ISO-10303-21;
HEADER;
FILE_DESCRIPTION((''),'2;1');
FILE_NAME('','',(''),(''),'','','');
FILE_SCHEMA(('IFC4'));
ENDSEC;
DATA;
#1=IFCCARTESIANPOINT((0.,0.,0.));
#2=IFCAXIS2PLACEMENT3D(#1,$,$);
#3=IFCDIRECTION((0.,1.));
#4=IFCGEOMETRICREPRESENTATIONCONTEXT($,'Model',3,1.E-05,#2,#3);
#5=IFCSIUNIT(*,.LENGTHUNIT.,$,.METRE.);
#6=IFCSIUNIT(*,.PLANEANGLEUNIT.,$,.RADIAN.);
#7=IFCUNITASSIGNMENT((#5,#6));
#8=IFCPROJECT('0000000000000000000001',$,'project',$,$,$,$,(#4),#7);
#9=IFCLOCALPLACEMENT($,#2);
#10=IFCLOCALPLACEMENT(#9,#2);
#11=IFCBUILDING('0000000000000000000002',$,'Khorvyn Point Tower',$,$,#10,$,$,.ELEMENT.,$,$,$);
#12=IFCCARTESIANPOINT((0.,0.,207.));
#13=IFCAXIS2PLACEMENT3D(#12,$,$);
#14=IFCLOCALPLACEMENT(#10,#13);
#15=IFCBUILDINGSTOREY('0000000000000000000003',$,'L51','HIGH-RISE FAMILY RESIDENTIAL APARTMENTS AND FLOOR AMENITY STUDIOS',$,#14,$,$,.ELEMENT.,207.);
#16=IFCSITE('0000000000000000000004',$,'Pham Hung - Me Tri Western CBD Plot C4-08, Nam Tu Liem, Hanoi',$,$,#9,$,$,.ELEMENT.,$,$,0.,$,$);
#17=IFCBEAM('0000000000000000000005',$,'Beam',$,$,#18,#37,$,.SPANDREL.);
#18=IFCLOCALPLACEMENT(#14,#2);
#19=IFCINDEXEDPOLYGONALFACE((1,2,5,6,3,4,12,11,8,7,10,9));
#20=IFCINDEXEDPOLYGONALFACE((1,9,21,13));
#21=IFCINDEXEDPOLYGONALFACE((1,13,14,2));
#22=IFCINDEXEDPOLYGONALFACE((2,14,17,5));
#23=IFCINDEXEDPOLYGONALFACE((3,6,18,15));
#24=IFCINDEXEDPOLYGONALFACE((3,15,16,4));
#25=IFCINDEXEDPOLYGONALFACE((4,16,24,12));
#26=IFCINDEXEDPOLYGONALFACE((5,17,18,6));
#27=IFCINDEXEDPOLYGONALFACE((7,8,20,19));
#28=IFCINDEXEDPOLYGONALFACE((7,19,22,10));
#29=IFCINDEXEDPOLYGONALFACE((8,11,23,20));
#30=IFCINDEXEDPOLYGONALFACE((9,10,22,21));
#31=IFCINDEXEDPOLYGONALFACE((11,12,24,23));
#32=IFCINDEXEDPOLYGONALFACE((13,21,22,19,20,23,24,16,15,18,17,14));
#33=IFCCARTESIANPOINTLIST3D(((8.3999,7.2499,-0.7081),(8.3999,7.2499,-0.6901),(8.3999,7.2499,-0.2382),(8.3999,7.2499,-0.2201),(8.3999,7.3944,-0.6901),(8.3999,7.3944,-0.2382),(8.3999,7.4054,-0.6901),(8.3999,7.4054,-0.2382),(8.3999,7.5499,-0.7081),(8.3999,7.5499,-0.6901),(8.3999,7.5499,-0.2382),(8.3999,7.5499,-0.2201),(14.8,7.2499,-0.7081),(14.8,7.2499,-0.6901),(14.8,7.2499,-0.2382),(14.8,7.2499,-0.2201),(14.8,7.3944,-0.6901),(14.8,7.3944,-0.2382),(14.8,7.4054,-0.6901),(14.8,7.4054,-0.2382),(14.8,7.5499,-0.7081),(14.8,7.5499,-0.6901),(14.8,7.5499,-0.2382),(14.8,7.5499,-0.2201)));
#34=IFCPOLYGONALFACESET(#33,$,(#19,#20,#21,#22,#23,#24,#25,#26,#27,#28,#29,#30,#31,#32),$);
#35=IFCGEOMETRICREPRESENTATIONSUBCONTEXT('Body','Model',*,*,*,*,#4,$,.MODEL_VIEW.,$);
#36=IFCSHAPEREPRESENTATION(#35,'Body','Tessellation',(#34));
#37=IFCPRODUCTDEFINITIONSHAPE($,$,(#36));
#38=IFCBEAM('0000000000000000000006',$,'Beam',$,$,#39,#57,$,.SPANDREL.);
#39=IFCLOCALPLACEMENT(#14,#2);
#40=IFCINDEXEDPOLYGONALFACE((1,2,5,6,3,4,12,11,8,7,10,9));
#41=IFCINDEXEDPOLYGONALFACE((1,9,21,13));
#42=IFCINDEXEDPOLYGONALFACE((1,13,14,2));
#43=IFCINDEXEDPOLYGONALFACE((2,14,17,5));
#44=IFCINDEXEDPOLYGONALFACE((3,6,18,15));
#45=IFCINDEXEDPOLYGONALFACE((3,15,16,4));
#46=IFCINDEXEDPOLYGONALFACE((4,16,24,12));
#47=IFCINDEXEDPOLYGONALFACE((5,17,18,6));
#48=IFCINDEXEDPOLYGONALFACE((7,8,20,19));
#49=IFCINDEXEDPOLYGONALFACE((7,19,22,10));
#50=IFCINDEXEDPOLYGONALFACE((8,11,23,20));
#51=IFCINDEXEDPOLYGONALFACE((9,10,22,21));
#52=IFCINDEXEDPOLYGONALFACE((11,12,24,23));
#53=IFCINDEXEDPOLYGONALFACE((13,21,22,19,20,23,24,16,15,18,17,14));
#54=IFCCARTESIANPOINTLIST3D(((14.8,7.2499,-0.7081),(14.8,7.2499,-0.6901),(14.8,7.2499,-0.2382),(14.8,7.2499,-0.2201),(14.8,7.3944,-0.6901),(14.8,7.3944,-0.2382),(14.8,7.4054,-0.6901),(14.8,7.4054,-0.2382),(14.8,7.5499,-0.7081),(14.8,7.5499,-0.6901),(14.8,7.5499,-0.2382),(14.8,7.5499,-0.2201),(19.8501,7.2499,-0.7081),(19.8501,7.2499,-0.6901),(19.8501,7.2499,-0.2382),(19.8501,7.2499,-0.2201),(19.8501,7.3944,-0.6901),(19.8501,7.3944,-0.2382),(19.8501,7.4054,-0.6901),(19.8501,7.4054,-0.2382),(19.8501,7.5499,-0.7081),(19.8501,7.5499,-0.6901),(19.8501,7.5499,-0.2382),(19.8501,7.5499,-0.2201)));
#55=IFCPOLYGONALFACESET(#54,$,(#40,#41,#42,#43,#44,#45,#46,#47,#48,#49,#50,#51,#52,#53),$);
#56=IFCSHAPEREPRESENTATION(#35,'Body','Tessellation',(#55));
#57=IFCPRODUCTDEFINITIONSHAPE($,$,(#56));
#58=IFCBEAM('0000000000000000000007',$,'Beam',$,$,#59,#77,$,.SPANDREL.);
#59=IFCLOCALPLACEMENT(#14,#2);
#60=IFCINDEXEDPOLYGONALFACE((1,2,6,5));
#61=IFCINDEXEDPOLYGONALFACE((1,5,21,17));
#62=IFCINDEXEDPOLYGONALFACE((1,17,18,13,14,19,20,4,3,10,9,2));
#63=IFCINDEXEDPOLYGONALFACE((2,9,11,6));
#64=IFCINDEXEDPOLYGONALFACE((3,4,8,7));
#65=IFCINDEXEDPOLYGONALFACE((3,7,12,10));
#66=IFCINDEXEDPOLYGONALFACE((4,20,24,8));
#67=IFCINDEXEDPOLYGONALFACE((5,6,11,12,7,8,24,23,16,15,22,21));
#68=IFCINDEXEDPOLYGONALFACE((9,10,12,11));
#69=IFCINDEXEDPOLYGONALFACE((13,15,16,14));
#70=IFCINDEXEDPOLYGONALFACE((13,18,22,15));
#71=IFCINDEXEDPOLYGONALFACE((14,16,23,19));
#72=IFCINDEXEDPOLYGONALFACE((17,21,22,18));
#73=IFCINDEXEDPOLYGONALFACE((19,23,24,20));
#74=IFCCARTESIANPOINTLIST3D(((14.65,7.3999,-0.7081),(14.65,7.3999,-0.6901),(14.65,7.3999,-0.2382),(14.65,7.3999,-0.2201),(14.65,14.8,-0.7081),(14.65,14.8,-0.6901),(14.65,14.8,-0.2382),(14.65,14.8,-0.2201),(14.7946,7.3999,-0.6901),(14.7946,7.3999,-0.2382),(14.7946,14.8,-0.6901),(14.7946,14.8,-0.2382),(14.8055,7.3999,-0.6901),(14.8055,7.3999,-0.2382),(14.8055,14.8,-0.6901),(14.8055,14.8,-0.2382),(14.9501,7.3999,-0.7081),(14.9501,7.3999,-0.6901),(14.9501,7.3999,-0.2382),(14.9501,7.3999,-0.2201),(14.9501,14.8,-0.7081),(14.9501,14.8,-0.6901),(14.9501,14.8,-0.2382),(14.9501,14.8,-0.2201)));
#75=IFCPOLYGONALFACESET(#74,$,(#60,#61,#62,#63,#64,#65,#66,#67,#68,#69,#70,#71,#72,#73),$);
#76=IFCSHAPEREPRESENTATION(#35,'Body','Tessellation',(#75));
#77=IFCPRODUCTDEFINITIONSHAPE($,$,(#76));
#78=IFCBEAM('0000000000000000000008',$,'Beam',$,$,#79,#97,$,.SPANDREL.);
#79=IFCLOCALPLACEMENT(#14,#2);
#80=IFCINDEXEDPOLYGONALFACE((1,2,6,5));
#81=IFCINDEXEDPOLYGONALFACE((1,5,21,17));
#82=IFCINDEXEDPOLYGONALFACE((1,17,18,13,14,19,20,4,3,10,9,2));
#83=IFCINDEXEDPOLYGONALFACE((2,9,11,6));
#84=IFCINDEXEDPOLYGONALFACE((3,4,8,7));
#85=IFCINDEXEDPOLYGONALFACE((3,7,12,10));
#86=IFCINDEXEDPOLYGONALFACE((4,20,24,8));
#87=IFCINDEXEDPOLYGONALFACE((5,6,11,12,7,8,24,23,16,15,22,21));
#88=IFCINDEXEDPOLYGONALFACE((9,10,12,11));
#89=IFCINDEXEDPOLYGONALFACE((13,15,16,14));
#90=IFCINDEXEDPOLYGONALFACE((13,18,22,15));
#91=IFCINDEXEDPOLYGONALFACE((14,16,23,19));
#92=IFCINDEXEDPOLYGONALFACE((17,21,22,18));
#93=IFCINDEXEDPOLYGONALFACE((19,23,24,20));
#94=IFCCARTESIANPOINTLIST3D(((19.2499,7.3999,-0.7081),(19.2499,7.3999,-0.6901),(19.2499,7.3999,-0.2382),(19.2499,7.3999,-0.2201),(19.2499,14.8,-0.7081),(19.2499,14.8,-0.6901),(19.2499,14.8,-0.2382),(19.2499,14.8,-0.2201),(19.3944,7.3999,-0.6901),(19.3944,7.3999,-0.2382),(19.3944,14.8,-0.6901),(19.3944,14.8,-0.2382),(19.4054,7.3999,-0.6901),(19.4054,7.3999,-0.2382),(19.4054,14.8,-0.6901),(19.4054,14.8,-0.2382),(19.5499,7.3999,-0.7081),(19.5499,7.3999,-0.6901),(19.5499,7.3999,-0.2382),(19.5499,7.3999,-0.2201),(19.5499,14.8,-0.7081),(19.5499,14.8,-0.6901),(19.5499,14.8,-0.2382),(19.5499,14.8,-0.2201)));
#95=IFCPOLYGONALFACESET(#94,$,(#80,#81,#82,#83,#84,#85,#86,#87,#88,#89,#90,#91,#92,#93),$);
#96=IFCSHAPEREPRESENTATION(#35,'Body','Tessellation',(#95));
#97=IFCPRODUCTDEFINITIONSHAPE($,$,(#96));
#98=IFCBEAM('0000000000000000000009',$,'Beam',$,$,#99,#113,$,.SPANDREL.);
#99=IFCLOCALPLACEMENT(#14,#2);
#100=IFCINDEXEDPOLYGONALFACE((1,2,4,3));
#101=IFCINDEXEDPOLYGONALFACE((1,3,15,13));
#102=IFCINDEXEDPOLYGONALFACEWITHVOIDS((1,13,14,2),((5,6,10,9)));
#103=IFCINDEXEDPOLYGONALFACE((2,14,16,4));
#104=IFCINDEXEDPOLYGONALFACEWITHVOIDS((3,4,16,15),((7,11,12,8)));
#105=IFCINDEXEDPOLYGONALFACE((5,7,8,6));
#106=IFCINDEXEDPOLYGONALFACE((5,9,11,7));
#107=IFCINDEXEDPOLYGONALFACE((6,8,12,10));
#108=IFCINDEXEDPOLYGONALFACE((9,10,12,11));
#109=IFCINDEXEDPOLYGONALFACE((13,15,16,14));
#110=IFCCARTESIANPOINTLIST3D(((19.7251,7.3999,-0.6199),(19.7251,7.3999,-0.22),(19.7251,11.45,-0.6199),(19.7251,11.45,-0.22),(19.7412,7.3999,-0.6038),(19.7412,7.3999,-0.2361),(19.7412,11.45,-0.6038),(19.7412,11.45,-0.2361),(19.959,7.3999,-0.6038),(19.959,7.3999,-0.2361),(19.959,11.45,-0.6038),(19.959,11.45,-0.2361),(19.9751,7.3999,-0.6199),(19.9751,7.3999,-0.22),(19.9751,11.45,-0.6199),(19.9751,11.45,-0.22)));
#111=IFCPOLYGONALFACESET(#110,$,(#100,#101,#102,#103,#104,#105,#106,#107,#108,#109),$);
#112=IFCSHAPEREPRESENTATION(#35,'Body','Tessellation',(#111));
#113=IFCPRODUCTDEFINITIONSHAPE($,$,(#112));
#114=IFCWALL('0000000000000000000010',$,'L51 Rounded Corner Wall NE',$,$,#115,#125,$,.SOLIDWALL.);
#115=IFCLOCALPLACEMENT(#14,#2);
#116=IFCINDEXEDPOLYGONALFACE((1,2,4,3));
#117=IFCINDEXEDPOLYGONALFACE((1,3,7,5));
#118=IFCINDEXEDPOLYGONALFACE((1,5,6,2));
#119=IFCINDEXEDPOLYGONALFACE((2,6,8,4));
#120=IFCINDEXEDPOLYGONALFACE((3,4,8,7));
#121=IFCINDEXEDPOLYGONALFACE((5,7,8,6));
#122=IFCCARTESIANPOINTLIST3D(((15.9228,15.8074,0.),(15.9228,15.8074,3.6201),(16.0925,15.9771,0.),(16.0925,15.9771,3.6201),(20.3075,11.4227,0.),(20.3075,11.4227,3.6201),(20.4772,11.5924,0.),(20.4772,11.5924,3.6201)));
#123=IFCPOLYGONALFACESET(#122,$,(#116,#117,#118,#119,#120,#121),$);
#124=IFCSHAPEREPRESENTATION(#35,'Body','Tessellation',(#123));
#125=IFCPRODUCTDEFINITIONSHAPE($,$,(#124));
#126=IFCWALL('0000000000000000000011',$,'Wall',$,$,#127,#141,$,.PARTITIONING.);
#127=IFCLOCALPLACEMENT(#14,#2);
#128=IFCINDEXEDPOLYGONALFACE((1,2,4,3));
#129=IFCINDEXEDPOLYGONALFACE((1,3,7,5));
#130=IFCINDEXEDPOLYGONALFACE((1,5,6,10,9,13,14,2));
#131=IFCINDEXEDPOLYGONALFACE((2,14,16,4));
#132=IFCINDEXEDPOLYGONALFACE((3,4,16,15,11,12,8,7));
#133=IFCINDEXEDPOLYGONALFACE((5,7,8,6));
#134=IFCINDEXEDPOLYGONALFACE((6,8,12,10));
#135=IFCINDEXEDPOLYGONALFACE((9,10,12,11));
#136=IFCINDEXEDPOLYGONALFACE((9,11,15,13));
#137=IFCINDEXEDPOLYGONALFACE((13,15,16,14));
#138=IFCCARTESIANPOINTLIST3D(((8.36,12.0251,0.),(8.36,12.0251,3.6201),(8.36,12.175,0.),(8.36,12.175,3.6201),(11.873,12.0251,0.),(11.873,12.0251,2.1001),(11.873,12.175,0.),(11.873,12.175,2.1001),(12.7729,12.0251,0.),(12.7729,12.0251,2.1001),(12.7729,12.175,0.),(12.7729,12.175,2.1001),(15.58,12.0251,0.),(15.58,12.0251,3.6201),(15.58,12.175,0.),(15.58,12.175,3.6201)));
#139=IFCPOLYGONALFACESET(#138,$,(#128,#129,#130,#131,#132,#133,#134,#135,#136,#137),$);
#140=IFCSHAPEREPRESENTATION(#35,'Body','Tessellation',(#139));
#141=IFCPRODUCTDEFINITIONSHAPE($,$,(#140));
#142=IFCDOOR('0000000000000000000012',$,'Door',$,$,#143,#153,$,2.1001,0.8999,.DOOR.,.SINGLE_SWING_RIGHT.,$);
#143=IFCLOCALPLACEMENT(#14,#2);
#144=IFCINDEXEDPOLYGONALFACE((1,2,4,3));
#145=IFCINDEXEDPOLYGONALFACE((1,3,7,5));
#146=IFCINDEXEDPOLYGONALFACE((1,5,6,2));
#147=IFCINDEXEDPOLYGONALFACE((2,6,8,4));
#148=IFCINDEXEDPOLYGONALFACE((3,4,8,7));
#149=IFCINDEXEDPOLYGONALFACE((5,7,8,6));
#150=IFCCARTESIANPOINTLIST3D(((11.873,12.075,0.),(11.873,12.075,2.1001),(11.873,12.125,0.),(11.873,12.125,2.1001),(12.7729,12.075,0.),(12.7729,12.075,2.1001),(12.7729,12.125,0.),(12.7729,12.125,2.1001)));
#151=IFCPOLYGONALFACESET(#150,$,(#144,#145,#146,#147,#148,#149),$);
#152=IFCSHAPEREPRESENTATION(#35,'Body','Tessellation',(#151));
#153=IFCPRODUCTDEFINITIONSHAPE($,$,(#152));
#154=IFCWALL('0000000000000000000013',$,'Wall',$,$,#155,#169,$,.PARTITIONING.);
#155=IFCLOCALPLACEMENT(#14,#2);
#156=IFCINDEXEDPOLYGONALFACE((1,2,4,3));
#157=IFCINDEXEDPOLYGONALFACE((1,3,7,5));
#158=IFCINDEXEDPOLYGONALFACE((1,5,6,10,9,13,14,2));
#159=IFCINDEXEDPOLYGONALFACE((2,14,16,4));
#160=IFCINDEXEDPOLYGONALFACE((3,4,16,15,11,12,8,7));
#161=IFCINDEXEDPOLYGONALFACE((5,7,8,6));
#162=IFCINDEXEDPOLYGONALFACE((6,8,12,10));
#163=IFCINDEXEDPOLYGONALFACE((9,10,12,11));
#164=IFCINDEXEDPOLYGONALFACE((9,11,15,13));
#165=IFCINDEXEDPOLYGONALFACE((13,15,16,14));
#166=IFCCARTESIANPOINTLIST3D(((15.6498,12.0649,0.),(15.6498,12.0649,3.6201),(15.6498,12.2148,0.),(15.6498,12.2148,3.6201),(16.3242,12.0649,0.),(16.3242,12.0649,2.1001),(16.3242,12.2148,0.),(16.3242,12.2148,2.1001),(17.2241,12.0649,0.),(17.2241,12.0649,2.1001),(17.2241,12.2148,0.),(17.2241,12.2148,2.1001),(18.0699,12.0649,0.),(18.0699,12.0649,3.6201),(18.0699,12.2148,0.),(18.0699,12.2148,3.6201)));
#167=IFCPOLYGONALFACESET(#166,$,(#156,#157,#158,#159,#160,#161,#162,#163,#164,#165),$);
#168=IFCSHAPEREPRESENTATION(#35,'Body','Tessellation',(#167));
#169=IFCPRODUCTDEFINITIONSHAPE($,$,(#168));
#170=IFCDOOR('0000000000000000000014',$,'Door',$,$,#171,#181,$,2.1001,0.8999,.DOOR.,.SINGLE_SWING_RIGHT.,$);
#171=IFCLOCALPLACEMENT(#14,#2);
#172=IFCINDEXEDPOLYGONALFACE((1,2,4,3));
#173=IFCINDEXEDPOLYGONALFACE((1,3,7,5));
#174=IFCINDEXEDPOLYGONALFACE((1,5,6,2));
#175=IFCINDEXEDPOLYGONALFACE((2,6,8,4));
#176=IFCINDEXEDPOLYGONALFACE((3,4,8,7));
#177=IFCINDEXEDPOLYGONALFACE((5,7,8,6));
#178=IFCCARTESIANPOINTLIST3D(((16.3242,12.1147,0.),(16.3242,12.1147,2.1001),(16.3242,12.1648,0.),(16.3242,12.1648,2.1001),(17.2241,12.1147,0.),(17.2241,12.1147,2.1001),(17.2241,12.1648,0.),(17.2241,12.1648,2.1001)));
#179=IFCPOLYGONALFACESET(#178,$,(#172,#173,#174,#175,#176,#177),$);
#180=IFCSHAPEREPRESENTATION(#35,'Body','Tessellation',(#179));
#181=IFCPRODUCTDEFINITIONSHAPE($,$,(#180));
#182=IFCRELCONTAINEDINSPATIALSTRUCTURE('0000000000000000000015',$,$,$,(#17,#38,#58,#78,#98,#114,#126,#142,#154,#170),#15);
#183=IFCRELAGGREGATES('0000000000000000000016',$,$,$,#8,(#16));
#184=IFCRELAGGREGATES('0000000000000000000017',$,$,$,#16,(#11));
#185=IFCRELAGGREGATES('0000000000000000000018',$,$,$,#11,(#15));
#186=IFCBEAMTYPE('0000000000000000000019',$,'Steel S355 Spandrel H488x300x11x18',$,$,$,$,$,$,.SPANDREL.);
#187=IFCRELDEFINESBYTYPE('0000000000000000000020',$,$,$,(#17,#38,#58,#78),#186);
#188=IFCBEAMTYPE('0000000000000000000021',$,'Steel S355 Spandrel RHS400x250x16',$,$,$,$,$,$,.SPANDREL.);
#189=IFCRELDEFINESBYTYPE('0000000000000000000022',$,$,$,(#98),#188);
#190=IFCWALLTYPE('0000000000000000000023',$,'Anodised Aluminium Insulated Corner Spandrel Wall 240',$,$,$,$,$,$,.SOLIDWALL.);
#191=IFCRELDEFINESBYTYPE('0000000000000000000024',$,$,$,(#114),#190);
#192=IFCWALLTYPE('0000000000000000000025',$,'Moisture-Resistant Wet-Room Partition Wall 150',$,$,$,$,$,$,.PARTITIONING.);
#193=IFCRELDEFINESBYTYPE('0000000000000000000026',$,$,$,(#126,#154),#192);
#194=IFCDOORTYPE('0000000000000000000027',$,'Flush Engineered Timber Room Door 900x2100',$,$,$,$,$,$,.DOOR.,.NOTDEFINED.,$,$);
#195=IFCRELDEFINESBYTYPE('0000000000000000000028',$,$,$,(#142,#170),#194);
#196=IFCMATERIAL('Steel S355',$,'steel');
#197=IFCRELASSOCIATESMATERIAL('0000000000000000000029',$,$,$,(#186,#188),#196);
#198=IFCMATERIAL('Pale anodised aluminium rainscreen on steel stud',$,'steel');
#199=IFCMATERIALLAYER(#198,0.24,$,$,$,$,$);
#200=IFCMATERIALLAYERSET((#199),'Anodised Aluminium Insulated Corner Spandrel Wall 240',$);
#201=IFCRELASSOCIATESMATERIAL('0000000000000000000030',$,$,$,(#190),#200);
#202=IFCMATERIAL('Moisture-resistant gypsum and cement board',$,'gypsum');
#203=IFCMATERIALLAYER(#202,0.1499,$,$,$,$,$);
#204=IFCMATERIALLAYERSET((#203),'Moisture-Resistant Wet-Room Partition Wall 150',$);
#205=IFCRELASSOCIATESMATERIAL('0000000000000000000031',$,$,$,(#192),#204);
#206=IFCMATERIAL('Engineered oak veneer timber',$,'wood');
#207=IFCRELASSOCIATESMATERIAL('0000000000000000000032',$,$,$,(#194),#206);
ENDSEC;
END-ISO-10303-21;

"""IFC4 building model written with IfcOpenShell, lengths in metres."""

from ifc_helpers import new_model, si_unit, direction, frame, frame_2d, origin, origin_2d, place, context, subcontext, project, spatial, rectangle, hollow_rectangle, i_section, extrude, material, layer, layer_set, material_profile, profile_set, type_object, element, fill, save


model = new_model("IFC4")

# Units and contexts
model_context = context("Model", 3, precision=1e-05, world=origin(), true_north=direction((0.0, 1.0)))
body_context = subcontext(model_context, "Body", "Model", "MODEL_VIEW")
ifc_project = project(units=[si_unit("LENGTHUNIT", "METRE"), si_unit("PLANEANGLEUNIT", "RADIAN")], contexts=[model_context])

# Site, building, storey
site_placement = place(None, origin())
site = spatial("IfcSite", under=ifc_project, at=site_placement, Name="Pham Hung - Me Tri Western CBD Plot C4-08, Nam Tu Liem, Hanoi", CompositionType="ELEMENT", RefElevation=0.0)
building_placement = place(site_placement, origin())
building = spatial("IfcBuilding", under=site, at=building_placement, Name="Khorvyn Point Tower", CompositionType="ELEMENT")
storey_placement = place(building_placement, frame((0.0, 0.0, 207.0)))
storey = spatial("IfcBuildingStorey", under=building, at=storey_placement, Name="L51", Description="HIGH-RISE FAMILY RESIDENTIAL APARTMENTS AND FLOOR AMENITY STUDIOS", CompositionType="ELEMENT", Elevation=207.0)

# Beams
ifc_material_1 = material(Name="Steel S355", Category="steel")
ifc_material_profile_1 = material_profile(ifc_material_1, i_section(OverallWidth=0.3, OverallDepth=0.488, WebThickness=0.011, FlangeThickness=0.0181, at=origin_2d()))
ifc_profile_set_1 = profile_set([ifc_material_profile_1], Name="Steel S355 H488x300x11x18")
beam_type_1 = type_object("IfcBeamType", Name="Steel S355 Spandrel H488x300x11x18", PredefinedType="SPANDREL", material=ifc_profile_set_1)
beam_1_placement = place(storey_placement, frame((8.3999, 7.3999, -0.4641), z_axis=(1.0, 0.0, 0.0), x_axis=(0.0, 1.0, 0.0)))
element("IfcBeam", 1, at=beam_1_placement, inside=storey, type_object=beam_type_1, Name="Beam", PredefinedType="SPANDREL", context=body_context, shape_type="SweptSolid", body=[
    extrude(i_section(OverallWidth=0.3, OverallDepth=0.488, WebThickness=0.011, FlangeThickness=0.0181, at=origin_2d()), origin(), (0.0, 0.0, 1.0), 6.4001),
])
beam_2_placement = place(storey_placement, frame((14.8, 7.3999, -0.4641), z_axis=(1.0, 0.0, 0.0), x_axis=(0.0, 1.0, 0.0)))
element("IfcBeam", 2, at=beam_2_placement, inside=storey, type_object=beam_type_1, Name="Beam", PredefinedType="SPANDREL", context=body_context, shape_type="SweptSolid", body=[
    extrude(i_section(OverallWidth=0.3, OverallDepth=0.488, WebThickness=0.011, FlangeThickness=0.0181, at=origin_2d()), origin(), (0.0, 0.0, 1.0), 5.05),
])
for number, where, z_axis, x_axis, name in (
    (3, (14.8, 7.3999, -0.4641), (0.0, 1.0, 0.0), (-1.0, 0.0, 0.0), "Beam"),
    (4, (19.3999, 7.3999, -0.4641), (0.0, 1.0, 0.0), (-1.0, 0.0, 0.0), "Beam"),
):
    element("IfcBeam", number, at=place(storey_placement, frame(where, z_axis=z_axis, x_axis=x_axis)), inside=storey, type_object=beam_type_1, Name=name, PredefinedType="SPANDREL", context=body_context, shape_type="SweptSolid", body=[
        extrude(i_section(OverallWidth=0.3, OverallDepth=0.488, WebThickness=0.011, FlangeThickness=0.0181, at=origin_2d()), origin(), (0.0, 0.0, 1.0), 7.4001),
    ])
ifc_material_profile_2 = material_profile(ifc_material_1, hollow_rectangle(XDim=0.25, YDim=0.3999, WallThickness=0.0161, at=origin_2d()))
ifc_profile_set_2 = profile_set([ifc_material_profile_2], Name="Steel S355 RHS400x250x16")
beam_type_2 = type_object("IfcBeamType", Name="Steel S355 Spandrel RHS400x250x16", PredefinedType="SPANDREL", material=ifc_profile_set_2)
beam_3_placement = place(storey_placement, frame((19.8501, 7.3999, -0.4199), z_axis=(0.0, 1.0, 0.0), x_axis=(-1.0, 0.0, 0.0)))
element("IfcBeam", 5, at=beam_3_placement, inside=storey, type_object=beam_type_2, Name="Beam", PredefinedType="SPANDREL", context=body_context, shape_type="SweptSolid", body=[
    extrude(hollow_rectangle(XDim=0.25, YDim=0.3999, WallThickness=0.0161, at=origin_2d()), origin(), (0.0, 0.0, 1.0), 4.05),
])

# Wall
ifc_material_2 = material(Name="Pale anodised aluminium rainscreen on steel stud", Category="steel")
ifc_layer_1 = layer(ifc_material_2, 0.24)
ifc_layer_set_1 = layer_set([ifc_layer_1], Name="Anodised Aluminium Insulated Corner Spandrel Wall 240")
wall_type_1 = type_object("IfcWallType", Name="Anodised Aluminium Insulated Corner Spandrel Wall 240", PredefinedType="SOLIDWALL", material=ifc_layer_set_1)
wall_1_placement = place(storey_placement, frame((16.0076, 15.8923, 0.0), z_axis=(0.0, 0.0, 1.0), x_axis=(0.707107, -0.707107, 0.0)))
element("IfcWall", 6, at=wall_1_placement, inside=storey, type_object=wall_type_1, Name="L51 Rounded Corner Wall NE", PredefinedType="SOLIDWALL", context=body_context, shape_type="SweptSolid", body=[
    extrude(rectangle(XDim=6.2009, YDim=0.24, at=frame_2d((3.1006, 0.0))), origin(), (0.0, 0.0, 1.0), 3.6201),
])

# Walls, openings, doors
ifc_material_3 = material(Name="Moisture-resistant gypsum and cement board", Category="gypsum")
ifc_layer_2 = layer(ifc_material_3, 0.1499)
ifc_layer_set_2 = layer_set([ifc_layer_2], Name="Moisture-Resistant Wet-Room Partition Wall 150")
wall_type_2 = type_object("IfcWallType", Name="Moisture-Resistant Wet-Room Partition Wall 150", PredefinedType="PARTITIONING", material=ifc_layer_set_2)
wall_2_placement = place(storey_placement, frame((8.3601, 12.1001, 0.0), z_axis=(0.0, 0.0, 1.0), x_axis=(1.0, 0.0, 0.0)))
wall_2 = element("IfcWall", 7, at=wall_2_placement, inside=storey, type_object=wall_type_2, Name="Wall", PredefinedType="PARTITIONING", context=body_context, shape_type="SweptSolid", body=[
    extrude(rectangle(XDim=7.22, YDim=0.1499, at=frame_2d((3.6099, 0.0))), origin(), (0.0, 0.0, 1.0), 3.6201),
])
opening_1_placement = place(wall_2_placement, frame((3.5129, 0.0, 0.0)))
opening_1 = element("IfcOpeningElement", 8, at=opening_1_placement, cuts=wall_2, PredefinedType="OPENING", context=body_context, shape_type="SweptSolid", body=[
    extrude(rectangle(XDim=0.8999, YDim=2.1001, at=frame_2d((0.45, 1.05))), frame((0.0, 0.085, 0.0), z_axis=(0.0, -1.0, 0.0), x_axis=(1.0, 0.0, 0.0)), (0.0, 0.0, 1.0), 0.1699),
])
ifc_material_4 = material(Name="Engineered oak veneer timber", Category="wood")
door_type = type_object("IfcDoorType", Name="Flush Engineered Timber Room Door 900x2100", OperationType="NOTDEFINED", PredefinedType="DOOR", material=ifc_material_4)
door_1_placement = place(opening_1_placement, origin())
door_1 = element("IfcDoor", 9, at=door_1_placement, inside=storey, type_object=door_type, Name="Door", OperationType="SINGLE_SWING_RIGHT", OverallHeight=2.1001, OverallWidth=0.8999, PredefinedType="DOOR", context=body_context, shape_type="SweptSolid", body=[
    extrude(rectangle(XDim=0.8999, YDim=2.1001, at=frame_2d((0.45, 1.05))), frame((0.0, 0.0249, 0.0), z_axis=(0.0, -1.0, 0.0), x_axis=(1.0, 0.0, 0.0)), (0.0, 0.0, 1.0), 0.05),
])
fill(opening_1, door_1)
wall_3_placement = place(storey_placement, frame((15.6499, 12.1399, 0.0), z_axis=(0.0, 0.0, 1.0), x_axis=(1.0, 0.0, 0.0)))
wall_3 = element("IfcWall", 10, at=wall_3_placement, inside=storey, type_object=wall_type_2, Name="Wall", PredefinedType="PARTITIONING", context=body_context, shape_type="SweptSolid", body=[
    extrude(rectangle(XDim=2.4202, YDim=0.1499, at=frame_2d((1.21, 0.0))), origin(), (0.0, 0.0, 1.0), 3.6201),
])
opening_2_placement = place(wall_3_placement, frame((0.6743, 0.0, 0.0)))
opening_2 = element("IfcOpeningElement", 11, at=opening_2_placement, cuts=wall_3, PredefinedType="OPENING", context=body_context, shape_type="SweptSolid", body=[
    extrude(rectangle(XDim=0.8999, YDim=2.1001, at=frame_2d((0.45, 1.05))), frame((0.0, 0.085, 0.0), z_axis=(0.0, -1.0, 0.0), x_axis=(1.0, 0.0, 0.0)), (0.0, 0.0, 1.0), 0.1699),
])
door_2_placement = place(opening_2_placement, origin())
door_2 = element("IfcDoor", 12, at=door_2_placement, inside=storey, type_object=door_type, Name="Door", OperationType="SINGLE_SWING_RIGHT", OverallHeight=2.1001, OverallWidth=0.8999, PredefinedType="DOOR", context=body_context, shape_type="SweptSolid", body=[
    extrude(rectangle(XDim=0.8999, YDim=2.1001, at=frame_2d((0.45, 1.05))), frame((0.0, 0.0249, 0.0), z_axis=(0.0, -1.0, 0.0), x_axis=(1.0, 0.0, 0.0)), (0.0, 0.0, 1.0), 0.05),
])
fill(opening_2, door_2)

save(model, "model.ifc")
